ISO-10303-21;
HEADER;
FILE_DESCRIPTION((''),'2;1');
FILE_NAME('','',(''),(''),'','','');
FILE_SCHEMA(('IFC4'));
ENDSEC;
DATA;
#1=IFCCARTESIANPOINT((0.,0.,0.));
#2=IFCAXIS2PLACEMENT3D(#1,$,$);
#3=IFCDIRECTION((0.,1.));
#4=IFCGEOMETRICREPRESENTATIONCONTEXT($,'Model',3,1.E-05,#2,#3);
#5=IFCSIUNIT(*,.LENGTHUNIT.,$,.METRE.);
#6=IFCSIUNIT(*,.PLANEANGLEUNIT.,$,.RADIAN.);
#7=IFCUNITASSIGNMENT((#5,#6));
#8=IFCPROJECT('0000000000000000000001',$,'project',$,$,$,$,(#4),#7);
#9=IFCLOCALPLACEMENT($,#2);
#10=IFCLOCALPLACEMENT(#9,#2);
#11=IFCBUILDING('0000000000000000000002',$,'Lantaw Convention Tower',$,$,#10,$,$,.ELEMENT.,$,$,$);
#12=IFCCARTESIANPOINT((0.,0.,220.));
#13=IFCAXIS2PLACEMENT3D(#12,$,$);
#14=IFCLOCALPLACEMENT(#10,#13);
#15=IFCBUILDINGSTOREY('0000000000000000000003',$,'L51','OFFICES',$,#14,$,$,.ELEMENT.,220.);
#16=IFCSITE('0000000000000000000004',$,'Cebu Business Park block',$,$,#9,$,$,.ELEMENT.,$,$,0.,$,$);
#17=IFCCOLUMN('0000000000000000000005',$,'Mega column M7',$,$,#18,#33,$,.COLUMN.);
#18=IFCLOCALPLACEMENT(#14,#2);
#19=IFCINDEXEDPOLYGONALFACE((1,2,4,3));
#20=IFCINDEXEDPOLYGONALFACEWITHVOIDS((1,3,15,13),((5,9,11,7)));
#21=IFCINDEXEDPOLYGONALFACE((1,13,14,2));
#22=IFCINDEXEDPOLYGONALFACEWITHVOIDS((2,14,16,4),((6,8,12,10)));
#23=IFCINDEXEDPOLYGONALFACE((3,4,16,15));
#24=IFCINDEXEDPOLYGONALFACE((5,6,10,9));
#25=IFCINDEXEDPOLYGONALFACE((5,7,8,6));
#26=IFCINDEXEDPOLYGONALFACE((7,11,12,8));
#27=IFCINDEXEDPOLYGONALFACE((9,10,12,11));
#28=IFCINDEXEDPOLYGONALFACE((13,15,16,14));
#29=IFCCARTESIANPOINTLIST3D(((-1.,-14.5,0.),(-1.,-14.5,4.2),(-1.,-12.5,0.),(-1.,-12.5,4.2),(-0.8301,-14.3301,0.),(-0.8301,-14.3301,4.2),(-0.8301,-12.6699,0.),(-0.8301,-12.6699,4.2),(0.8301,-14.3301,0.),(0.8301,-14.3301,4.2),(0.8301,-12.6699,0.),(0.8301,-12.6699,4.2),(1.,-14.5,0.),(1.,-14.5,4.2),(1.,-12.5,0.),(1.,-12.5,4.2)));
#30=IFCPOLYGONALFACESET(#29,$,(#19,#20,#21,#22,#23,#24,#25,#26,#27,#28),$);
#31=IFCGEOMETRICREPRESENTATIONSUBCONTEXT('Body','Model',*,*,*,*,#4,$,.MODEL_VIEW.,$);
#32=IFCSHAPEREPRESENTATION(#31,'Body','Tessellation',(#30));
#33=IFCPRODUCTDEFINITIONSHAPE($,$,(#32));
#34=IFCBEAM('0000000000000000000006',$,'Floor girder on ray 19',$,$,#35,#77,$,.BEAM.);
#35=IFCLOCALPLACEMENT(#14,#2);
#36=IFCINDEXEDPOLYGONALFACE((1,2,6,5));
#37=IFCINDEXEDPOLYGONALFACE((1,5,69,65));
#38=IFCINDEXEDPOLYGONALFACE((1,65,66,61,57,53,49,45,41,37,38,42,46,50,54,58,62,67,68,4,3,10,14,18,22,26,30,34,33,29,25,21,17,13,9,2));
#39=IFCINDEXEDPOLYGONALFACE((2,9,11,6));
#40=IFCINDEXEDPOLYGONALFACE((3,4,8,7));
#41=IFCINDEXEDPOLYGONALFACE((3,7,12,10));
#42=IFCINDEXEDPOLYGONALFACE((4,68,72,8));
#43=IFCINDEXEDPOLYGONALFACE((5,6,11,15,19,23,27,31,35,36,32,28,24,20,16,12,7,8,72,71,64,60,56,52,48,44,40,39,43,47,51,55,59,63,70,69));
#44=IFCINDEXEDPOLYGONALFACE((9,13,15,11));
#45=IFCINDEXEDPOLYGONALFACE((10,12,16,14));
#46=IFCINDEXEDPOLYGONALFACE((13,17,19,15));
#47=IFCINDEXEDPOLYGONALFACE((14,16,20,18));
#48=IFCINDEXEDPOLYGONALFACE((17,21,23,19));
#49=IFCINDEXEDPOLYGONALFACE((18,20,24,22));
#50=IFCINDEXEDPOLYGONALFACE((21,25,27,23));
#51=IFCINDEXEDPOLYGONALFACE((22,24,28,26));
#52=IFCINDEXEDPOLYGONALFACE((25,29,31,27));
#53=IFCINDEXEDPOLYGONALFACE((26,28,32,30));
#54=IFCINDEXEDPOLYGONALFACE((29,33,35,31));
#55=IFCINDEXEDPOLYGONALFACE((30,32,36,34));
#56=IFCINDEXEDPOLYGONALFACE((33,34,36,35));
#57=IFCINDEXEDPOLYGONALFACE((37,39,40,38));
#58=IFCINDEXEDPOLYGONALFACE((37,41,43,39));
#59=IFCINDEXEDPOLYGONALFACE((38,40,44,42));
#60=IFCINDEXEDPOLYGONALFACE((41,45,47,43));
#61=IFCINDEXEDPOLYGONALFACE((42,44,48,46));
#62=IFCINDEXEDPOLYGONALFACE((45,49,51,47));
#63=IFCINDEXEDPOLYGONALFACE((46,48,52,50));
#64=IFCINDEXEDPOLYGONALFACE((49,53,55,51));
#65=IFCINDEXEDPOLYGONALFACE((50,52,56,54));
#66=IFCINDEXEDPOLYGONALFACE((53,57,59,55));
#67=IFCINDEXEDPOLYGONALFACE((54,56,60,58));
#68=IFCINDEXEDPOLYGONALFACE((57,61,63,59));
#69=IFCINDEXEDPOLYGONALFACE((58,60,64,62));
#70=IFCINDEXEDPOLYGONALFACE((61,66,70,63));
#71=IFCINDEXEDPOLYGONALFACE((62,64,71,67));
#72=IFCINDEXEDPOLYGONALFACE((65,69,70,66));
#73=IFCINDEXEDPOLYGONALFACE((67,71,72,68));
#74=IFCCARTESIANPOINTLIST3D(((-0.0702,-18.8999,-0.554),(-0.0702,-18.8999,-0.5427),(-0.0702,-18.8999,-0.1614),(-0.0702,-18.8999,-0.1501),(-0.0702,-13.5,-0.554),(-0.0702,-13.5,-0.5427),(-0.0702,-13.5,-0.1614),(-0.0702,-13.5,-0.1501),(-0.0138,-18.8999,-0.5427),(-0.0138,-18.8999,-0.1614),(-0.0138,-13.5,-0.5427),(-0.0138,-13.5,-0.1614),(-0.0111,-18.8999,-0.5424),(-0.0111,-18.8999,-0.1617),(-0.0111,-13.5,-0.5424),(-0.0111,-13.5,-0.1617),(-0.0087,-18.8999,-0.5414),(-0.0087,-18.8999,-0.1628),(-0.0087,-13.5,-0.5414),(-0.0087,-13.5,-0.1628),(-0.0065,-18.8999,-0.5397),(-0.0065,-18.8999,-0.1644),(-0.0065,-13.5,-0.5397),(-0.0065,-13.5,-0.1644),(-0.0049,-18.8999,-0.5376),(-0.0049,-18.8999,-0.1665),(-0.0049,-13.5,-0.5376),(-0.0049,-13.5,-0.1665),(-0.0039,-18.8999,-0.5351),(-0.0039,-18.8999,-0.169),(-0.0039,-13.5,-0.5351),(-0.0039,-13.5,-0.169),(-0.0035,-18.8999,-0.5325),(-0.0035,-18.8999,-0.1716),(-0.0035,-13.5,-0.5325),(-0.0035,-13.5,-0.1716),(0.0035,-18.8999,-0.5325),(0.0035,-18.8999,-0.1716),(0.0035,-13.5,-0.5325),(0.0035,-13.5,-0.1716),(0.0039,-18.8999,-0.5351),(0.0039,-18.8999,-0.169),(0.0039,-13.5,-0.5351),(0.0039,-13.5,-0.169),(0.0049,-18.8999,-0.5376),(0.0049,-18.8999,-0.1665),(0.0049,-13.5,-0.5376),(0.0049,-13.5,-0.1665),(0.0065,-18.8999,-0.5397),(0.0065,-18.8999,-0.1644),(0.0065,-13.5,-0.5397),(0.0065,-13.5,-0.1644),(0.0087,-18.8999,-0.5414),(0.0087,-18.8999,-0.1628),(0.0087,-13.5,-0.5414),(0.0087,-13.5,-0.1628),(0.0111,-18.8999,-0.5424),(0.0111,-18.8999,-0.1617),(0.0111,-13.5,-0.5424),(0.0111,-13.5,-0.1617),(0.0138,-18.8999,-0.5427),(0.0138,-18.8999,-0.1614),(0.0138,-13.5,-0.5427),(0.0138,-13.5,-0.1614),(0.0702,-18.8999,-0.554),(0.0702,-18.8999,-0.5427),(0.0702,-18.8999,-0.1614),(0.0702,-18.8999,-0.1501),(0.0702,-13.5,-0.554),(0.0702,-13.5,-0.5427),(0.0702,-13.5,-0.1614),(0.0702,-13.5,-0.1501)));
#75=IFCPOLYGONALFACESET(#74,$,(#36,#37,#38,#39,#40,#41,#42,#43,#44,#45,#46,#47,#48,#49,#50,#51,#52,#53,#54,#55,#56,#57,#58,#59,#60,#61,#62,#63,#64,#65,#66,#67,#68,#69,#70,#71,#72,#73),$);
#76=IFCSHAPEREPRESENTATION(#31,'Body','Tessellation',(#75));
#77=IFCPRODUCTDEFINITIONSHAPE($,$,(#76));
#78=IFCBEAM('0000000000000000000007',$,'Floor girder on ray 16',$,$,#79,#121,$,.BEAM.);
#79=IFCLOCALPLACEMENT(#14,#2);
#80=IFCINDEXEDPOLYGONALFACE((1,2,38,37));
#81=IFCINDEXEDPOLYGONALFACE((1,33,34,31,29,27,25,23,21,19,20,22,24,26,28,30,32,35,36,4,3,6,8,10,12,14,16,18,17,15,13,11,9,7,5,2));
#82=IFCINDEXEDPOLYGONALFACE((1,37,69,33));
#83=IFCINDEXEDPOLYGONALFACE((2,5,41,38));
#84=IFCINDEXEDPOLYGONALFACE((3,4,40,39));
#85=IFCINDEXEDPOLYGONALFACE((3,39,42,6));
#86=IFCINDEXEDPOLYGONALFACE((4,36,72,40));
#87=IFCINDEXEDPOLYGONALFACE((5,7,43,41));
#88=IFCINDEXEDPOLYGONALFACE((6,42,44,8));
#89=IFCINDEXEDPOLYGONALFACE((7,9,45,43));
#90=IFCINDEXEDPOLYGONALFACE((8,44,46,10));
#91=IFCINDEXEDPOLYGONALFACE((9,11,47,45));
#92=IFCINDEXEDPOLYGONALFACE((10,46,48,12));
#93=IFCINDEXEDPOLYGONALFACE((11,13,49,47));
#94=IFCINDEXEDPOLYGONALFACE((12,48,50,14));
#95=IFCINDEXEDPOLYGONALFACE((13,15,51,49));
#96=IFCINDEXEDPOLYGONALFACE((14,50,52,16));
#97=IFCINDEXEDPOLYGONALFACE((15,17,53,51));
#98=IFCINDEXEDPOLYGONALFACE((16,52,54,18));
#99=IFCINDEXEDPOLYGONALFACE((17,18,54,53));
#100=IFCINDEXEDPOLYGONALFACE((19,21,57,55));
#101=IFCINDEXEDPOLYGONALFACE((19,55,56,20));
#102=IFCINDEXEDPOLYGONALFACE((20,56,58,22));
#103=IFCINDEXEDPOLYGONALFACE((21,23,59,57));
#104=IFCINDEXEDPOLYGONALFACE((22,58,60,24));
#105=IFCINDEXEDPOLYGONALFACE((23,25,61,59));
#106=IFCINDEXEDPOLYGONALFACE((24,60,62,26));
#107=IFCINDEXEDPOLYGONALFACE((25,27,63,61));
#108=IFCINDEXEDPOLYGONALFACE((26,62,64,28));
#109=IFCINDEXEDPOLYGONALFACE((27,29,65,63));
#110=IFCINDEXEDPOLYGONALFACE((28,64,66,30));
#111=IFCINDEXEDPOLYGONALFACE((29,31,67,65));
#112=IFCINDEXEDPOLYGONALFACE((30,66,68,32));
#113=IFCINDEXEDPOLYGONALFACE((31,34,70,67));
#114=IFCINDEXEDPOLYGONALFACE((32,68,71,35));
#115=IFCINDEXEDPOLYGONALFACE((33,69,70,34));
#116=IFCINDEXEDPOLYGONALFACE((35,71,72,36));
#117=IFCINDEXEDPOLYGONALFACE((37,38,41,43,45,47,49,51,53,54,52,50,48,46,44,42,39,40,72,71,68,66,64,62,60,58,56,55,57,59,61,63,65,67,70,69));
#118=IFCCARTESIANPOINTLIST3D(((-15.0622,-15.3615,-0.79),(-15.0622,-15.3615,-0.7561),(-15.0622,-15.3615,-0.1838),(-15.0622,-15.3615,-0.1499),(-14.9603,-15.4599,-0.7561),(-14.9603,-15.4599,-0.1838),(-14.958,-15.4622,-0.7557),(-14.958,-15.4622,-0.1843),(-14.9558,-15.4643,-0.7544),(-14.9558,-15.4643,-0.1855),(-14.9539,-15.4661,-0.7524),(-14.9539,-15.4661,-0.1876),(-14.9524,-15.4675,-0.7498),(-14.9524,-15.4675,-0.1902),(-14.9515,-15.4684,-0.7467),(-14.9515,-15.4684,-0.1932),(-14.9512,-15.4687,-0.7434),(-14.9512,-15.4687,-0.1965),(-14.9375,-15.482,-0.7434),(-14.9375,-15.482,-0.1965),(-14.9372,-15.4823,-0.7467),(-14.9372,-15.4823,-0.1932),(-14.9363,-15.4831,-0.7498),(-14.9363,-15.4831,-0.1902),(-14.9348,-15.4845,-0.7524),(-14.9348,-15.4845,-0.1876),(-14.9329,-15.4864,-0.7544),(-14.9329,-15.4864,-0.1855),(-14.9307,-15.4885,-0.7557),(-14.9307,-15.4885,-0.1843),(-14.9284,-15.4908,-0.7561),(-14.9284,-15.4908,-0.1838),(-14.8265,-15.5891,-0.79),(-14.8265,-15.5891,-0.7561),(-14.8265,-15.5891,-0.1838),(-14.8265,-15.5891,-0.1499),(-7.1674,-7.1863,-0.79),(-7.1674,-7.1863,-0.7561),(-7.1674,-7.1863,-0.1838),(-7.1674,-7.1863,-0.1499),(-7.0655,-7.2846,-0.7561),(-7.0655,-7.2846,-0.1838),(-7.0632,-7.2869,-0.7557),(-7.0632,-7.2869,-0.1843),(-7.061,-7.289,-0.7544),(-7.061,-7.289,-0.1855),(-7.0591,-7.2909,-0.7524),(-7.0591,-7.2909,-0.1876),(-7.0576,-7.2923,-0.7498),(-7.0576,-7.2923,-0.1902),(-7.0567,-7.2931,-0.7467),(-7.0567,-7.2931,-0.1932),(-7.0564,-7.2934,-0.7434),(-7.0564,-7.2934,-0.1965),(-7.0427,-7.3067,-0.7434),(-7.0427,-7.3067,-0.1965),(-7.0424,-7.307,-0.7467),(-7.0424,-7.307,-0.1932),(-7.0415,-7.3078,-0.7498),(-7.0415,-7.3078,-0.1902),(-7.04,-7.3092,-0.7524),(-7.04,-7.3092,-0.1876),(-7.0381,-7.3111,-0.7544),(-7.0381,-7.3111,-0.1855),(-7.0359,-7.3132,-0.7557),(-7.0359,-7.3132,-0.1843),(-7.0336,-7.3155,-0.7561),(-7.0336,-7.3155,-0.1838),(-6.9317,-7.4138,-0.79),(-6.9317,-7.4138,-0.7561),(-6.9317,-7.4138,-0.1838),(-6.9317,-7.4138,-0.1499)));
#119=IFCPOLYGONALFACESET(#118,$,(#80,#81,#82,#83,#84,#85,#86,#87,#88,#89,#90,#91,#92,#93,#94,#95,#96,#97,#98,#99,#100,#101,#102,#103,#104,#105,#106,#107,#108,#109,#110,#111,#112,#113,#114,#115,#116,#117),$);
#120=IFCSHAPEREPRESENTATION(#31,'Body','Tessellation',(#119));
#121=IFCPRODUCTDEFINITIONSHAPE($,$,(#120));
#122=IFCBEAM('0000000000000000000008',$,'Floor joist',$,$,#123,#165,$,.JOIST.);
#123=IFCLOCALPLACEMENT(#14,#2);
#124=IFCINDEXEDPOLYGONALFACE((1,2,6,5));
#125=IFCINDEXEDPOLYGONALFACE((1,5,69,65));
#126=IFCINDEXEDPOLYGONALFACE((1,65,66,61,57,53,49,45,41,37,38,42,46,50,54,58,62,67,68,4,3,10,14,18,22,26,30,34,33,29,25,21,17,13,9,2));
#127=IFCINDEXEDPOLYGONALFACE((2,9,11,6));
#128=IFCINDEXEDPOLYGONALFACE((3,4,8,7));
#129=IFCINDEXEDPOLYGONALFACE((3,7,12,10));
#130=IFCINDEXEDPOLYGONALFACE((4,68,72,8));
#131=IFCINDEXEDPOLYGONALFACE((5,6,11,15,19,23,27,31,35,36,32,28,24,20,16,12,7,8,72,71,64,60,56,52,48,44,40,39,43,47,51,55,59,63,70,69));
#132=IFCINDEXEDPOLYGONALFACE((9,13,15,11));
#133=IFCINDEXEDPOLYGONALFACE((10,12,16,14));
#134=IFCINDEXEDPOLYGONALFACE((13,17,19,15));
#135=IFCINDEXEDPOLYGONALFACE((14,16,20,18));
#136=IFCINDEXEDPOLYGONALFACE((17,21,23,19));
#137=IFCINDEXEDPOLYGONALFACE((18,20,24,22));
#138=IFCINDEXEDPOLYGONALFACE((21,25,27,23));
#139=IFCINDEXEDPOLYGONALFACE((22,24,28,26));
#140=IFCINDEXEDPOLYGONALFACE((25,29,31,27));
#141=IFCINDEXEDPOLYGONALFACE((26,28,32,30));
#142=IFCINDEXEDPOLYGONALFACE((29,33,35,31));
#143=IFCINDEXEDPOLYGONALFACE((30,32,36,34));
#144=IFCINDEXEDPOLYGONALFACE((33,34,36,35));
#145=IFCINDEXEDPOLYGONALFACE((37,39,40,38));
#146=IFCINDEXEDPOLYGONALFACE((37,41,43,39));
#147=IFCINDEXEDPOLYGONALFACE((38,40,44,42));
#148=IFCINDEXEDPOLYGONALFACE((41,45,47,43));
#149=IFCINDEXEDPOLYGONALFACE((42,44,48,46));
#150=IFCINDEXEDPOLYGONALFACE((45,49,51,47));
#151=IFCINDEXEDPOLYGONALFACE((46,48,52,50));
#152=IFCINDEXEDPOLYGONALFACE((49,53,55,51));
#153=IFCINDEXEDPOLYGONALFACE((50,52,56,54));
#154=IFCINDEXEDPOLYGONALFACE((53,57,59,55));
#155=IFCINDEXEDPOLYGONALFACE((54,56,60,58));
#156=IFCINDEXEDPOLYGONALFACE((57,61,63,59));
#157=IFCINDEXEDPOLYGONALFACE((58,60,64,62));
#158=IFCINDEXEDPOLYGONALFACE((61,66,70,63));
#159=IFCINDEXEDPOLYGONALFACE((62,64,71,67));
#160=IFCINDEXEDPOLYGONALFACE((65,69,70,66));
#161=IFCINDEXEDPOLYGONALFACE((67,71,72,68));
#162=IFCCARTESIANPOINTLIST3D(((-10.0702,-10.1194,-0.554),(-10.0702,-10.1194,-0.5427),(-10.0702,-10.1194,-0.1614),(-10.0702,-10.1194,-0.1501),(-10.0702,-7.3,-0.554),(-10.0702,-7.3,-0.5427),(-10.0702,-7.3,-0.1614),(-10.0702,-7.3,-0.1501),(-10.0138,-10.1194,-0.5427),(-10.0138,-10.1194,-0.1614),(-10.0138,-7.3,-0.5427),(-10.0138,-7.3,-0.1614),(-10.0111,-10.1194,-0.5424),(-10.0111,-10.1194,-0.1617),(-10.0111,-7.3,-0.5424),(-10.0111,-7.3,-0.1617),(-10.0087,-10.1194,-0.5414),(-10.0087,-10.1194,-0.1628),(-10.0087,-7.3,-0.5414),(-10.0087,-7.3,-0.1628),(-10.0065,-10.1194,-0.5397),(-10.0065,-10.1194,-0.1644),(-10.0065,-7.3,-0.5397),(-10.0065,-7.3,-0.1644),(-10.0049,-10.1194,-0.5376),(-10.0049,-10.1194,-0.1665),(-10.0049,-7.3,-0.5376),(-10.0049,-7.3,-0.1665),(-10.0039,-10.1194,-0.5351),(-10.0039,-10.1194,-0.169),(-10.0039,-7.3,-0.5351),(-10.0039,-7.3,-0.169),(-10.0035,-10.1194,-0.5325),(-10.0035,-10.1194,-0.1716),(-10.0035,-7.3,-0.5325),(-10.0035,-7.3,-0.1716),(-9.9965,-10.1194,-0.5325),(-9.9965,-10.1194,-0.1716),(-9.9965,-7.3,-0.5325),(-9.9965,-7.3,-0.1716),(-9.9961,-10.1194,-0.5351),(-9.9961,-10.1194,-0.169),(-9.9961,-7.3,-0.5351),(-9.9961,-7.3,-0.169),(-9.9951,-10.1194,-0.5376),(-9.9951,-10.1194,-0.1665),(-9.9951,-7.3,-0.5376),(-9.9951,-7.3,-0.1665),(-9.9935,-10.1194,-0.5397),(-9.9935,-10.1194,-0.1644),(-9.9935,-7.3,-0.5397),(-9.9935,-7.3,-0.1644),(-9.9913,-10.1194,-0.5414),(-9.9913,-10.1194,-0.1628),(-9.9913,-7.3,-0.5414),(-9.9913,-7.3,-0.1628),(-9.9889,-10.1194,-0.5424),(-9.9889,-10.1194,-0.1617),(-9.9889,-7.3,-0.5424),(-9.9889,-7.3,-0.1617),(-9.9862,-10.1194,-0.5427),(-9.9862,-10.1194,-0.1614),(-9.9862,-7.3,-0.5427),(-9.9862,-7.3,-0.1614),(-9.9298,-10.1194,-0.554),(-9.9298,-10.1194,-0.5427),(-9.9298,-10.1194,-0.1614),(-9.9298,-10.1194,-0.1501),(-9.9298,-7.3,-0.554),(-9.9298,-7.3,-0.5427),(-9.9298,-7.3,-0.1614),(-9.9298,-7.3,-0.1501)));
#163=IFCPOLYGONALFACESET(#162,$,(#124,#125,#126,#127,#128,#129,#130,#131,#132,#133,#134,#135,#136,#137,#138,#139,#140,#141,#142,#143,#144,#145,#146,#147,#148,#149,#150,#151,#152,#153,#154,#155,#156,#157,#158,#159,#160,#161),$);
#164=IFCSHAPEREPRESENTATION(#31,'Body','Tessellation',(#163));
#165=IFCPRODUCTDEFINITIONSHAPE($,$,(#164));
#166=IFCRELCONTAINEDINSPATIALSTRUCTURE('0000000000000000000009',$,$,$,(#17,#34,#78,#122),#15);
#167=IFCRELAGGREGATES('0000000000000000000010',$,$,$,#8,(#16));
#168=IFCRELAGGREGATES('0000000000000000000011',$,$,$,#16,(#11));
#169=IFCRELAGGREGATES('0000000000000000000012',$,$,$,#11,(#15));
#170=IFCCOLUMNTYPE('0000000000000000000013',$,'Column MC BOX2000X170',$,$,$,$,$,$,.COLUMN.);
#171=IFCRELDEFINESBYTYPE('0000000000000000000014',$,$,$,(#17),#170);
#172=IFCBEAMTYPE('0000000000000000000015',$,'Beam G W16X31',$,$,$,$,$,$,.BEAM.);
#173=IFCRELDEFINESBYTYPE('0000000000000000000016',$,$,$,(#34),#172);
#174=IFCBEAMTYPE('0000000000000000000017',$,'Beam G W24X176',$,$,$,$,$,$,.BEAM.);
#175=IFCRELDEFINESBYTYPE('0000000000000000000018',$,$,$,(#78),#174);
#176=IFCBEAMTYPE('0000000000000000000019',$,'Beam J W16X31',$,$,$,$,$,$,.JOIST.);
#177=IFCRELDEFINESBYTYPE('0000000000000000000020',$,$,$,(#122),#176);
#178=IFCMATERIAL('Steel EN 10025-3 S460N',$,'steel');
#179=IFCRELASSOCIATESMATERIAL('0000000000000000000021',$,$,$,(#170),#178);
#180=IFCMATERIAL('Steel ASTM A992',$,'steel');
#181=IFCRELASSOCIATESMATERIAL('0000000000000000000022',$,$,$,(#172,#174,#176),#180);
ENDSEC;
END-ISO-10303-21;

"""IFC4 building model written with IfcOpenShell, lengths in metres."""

from ifc_helpers import new_model, si_unit, direction, frame, origin, origin_2d, place, context, subcontext, project, spatial, rectangle, hollow_rectangle, i_section, extrude, material, material_profile, profile_set, type_object, element, save


model = new_model("IFC4")

# Units and contexts
model_context = context("Model", 3, precision=1e-05, world=origin(), true_north=direction((0.0, 1.0)))
body_context = subcontext(model_context, "Body", "Model", "MODEL_VIEW")
ifc_project = project(units=[si_unit("LENGTHUNIT", "METRE"), si_unit("PLANEANGLEUNIT", "RADIAN")], contexts=[model_context])

# Site, building, storey
site_placement = place(None, origin())
site = spatial("IfcSite", under=ifc_project, at=site_placement, Name="Cebu Business Park block", CompositionType="ELEMENT", RefElevation=0.0)
building_placement = place(site_placement, origin())
building = spatial("IfcBuilding", under=site, at=building_placement, Name="Lantaw Convention Tower", CompositionType="ELEMENT")
storey_placement = place(building_placement, frame((0.0, 0.0, 220.0)))
storey = spatial("IfcBuildingStorey", under=building, at=storey_placement, Name="L51", Description="OFFICES", CompositionType="ELEMENT", Elevation=220.0)

# Column
ifc_material_1 = material(Name="Steel EN 10025-3 S460N", Category="steel")
ifc_material_profile_1 = material_profile(ifc_material_1, hollow_rectangle(XDim=2.0, YDim=2.0, WallThickness=0.1699, at=origin_2d()), Name="BOX2000X170")
ifc_material_2 = material(Name="Concrete C60/75", Category="concrete")
ifc_material_profile_2 = material_profile(ifc_material_2, rectangle(XDim=1.6599, YDim=1.6599, at=origin_2d()), Name="Concrete fill of BOX2000X170")
ifc_profile_set_1 = profile_set([ifc_material_profile_1, ifc_material_profile_2], Name="Steel EN 10025-3 S460N")
column_type = type_object("IfcColumnType", Name="Column MC BOX2000X170", PredefinedType="COLUMN", material=ifc_profile_set_1)
column_placement = place(storey_placement, frame((0.0, -13.5, 0.0), z_axis=(0.0, 0.0, 1.0), x_axis=(1.0, 0.0, 0.0)))
element("IfcColumn", 1, at=column_placement, inside=storey, type_object=column_type, Name="Mega column M7", PredefinedType="COLUMN", context=body_context, shape_type="SweptSolid", body=[
    extrude(hollow_rectangle(XDim=2.0, YDim=2.0, WallThickness=0.1699, at=origin_2d()), origin(), (0.0, 0.0, 1.0), 4.2),
])

# Beams
ifc_material_3 = material(Name="Steel ASTM A992", Category="steel")
ifc_material_profile_3 = material_profile(ifc_material_3, i_section(OverallWidth=0.1404, OverallDepth=0.4038, WebThickness=0.0071, FlangeThickness=0.0112, FilletRadius=0.0103, at=origin_2d()), Name="W16X31")
ifc_profile_set_2 = profile_set([ifc_material_profile_3], Name="Steel ASTM A992")
beam_type_1 = type_object("IfcBeamType", Name="Beam G W16X31", PredefinedType="BEAM", material=ifc_profile_set_2)
beam_1_placement = place(storey_placement, frame((0.0, -13.5, -0.3521), z_axis=(0.0, -1.0, 0.0), x_axis=(1.0, 0.0, 0.0)))
element("IfcBeam", 2, at=beam_1_placement, inside=storey, type_object=beam_type_1, Name="Floor girder on ray 19", PredefinedType="BEAM", context=body_context, shape_type="SweptSolid", body=[
    extrude(i_section(OverallWidth=0.1404, OverallDepth=0.4038, WebThickness=0.0071, FlangeThickness=0.0112, FilletRadius=0.0103, at=origin_2d()), origin(), (0.0, 0.0, 1.0), 5.3999),
])
ifc_material_profile_4 = material_profile(ifc_material_3, i_section(OverallWidth=0.3276, OverallDepth=0.6401, WebThickness=0.019, FlangeThickness=0.0339, FilletRadius=0.0127, at=origin_2d()), Name="W24X176")
ifc_profile_set_3 = profile_set([ifc_material_profile_4], Name="Steel ASTM A992")
beam_type_2 = type_object("IfcBeamType", Name="Beam G W24X176", PredefinedType="BEAM", material=ifc_profile_set_3)
beam_2_placement = place(storey_placement, frame((-7.0496, -7.3, -0.47), z_axis=(-0.694658, -0.71934, 0.0), x_axis=(0.71934, -0.694658, 0.0)))
element("IfcBeam", 3, at=beam_2_placement, inside=storey, type_object=beam_type_2, Name="Floor girder on ray 16", PredefinedType="BEAM", context=body_context, shape_type="SweptSolid", body=[
    extrude(i_section(OverallWidth=0.3276, OverallDepth=0.6401, WebThickness=0.019, FlangeThickness=0.0339, FilletRadius=0.0127, at=origin_2d()), origin(), (0.0, 0.0, 1.0), 11.365),
])
ifc_material_profile_5 = material_profile(ifc_material_3, i_section(OverallWidth=0.1404, OverallDepth=0.4038, WebThickness=0.0071, FlangeThickness=0.0112, FilletRadius=0.0103, at=origin_2d()), Name="W16X31")
ifc_profile_set_4 = profile_set([ifc_material_profile_5], Name="Steel ASTM A992")
beam_type_3 = type_object("IfcBeamType", Name="Beam J W16X31", PredefinedType="JOIST", material=ifc_profile_set_4)
beam_3_placement = place(storey_placement, frame((-10.0, -10.1194, -0.3521), z_axis=(0.0, 1.0, 0.0), x_axis=(-1.0, 0.0, 0.0)))
element("IfcBeam", 4, at=beam_3_placement, inside=storey, type_object=beam_type_3, Name="Floor joist", PredefinedType="JOIST", context=body_context, shape_type="SweptSolid", body=[
    extrude(i_section(OverallWidth=0.1404, OverallDepth=0.4038, WebThickness=0.0071, FlangeThickness=0.0112, FilletRadius=0.0103, at=origin_2d()), origin(), (0.0, 0.0, 1.0), 2.8193),
])

save(model, "model.ifc")
